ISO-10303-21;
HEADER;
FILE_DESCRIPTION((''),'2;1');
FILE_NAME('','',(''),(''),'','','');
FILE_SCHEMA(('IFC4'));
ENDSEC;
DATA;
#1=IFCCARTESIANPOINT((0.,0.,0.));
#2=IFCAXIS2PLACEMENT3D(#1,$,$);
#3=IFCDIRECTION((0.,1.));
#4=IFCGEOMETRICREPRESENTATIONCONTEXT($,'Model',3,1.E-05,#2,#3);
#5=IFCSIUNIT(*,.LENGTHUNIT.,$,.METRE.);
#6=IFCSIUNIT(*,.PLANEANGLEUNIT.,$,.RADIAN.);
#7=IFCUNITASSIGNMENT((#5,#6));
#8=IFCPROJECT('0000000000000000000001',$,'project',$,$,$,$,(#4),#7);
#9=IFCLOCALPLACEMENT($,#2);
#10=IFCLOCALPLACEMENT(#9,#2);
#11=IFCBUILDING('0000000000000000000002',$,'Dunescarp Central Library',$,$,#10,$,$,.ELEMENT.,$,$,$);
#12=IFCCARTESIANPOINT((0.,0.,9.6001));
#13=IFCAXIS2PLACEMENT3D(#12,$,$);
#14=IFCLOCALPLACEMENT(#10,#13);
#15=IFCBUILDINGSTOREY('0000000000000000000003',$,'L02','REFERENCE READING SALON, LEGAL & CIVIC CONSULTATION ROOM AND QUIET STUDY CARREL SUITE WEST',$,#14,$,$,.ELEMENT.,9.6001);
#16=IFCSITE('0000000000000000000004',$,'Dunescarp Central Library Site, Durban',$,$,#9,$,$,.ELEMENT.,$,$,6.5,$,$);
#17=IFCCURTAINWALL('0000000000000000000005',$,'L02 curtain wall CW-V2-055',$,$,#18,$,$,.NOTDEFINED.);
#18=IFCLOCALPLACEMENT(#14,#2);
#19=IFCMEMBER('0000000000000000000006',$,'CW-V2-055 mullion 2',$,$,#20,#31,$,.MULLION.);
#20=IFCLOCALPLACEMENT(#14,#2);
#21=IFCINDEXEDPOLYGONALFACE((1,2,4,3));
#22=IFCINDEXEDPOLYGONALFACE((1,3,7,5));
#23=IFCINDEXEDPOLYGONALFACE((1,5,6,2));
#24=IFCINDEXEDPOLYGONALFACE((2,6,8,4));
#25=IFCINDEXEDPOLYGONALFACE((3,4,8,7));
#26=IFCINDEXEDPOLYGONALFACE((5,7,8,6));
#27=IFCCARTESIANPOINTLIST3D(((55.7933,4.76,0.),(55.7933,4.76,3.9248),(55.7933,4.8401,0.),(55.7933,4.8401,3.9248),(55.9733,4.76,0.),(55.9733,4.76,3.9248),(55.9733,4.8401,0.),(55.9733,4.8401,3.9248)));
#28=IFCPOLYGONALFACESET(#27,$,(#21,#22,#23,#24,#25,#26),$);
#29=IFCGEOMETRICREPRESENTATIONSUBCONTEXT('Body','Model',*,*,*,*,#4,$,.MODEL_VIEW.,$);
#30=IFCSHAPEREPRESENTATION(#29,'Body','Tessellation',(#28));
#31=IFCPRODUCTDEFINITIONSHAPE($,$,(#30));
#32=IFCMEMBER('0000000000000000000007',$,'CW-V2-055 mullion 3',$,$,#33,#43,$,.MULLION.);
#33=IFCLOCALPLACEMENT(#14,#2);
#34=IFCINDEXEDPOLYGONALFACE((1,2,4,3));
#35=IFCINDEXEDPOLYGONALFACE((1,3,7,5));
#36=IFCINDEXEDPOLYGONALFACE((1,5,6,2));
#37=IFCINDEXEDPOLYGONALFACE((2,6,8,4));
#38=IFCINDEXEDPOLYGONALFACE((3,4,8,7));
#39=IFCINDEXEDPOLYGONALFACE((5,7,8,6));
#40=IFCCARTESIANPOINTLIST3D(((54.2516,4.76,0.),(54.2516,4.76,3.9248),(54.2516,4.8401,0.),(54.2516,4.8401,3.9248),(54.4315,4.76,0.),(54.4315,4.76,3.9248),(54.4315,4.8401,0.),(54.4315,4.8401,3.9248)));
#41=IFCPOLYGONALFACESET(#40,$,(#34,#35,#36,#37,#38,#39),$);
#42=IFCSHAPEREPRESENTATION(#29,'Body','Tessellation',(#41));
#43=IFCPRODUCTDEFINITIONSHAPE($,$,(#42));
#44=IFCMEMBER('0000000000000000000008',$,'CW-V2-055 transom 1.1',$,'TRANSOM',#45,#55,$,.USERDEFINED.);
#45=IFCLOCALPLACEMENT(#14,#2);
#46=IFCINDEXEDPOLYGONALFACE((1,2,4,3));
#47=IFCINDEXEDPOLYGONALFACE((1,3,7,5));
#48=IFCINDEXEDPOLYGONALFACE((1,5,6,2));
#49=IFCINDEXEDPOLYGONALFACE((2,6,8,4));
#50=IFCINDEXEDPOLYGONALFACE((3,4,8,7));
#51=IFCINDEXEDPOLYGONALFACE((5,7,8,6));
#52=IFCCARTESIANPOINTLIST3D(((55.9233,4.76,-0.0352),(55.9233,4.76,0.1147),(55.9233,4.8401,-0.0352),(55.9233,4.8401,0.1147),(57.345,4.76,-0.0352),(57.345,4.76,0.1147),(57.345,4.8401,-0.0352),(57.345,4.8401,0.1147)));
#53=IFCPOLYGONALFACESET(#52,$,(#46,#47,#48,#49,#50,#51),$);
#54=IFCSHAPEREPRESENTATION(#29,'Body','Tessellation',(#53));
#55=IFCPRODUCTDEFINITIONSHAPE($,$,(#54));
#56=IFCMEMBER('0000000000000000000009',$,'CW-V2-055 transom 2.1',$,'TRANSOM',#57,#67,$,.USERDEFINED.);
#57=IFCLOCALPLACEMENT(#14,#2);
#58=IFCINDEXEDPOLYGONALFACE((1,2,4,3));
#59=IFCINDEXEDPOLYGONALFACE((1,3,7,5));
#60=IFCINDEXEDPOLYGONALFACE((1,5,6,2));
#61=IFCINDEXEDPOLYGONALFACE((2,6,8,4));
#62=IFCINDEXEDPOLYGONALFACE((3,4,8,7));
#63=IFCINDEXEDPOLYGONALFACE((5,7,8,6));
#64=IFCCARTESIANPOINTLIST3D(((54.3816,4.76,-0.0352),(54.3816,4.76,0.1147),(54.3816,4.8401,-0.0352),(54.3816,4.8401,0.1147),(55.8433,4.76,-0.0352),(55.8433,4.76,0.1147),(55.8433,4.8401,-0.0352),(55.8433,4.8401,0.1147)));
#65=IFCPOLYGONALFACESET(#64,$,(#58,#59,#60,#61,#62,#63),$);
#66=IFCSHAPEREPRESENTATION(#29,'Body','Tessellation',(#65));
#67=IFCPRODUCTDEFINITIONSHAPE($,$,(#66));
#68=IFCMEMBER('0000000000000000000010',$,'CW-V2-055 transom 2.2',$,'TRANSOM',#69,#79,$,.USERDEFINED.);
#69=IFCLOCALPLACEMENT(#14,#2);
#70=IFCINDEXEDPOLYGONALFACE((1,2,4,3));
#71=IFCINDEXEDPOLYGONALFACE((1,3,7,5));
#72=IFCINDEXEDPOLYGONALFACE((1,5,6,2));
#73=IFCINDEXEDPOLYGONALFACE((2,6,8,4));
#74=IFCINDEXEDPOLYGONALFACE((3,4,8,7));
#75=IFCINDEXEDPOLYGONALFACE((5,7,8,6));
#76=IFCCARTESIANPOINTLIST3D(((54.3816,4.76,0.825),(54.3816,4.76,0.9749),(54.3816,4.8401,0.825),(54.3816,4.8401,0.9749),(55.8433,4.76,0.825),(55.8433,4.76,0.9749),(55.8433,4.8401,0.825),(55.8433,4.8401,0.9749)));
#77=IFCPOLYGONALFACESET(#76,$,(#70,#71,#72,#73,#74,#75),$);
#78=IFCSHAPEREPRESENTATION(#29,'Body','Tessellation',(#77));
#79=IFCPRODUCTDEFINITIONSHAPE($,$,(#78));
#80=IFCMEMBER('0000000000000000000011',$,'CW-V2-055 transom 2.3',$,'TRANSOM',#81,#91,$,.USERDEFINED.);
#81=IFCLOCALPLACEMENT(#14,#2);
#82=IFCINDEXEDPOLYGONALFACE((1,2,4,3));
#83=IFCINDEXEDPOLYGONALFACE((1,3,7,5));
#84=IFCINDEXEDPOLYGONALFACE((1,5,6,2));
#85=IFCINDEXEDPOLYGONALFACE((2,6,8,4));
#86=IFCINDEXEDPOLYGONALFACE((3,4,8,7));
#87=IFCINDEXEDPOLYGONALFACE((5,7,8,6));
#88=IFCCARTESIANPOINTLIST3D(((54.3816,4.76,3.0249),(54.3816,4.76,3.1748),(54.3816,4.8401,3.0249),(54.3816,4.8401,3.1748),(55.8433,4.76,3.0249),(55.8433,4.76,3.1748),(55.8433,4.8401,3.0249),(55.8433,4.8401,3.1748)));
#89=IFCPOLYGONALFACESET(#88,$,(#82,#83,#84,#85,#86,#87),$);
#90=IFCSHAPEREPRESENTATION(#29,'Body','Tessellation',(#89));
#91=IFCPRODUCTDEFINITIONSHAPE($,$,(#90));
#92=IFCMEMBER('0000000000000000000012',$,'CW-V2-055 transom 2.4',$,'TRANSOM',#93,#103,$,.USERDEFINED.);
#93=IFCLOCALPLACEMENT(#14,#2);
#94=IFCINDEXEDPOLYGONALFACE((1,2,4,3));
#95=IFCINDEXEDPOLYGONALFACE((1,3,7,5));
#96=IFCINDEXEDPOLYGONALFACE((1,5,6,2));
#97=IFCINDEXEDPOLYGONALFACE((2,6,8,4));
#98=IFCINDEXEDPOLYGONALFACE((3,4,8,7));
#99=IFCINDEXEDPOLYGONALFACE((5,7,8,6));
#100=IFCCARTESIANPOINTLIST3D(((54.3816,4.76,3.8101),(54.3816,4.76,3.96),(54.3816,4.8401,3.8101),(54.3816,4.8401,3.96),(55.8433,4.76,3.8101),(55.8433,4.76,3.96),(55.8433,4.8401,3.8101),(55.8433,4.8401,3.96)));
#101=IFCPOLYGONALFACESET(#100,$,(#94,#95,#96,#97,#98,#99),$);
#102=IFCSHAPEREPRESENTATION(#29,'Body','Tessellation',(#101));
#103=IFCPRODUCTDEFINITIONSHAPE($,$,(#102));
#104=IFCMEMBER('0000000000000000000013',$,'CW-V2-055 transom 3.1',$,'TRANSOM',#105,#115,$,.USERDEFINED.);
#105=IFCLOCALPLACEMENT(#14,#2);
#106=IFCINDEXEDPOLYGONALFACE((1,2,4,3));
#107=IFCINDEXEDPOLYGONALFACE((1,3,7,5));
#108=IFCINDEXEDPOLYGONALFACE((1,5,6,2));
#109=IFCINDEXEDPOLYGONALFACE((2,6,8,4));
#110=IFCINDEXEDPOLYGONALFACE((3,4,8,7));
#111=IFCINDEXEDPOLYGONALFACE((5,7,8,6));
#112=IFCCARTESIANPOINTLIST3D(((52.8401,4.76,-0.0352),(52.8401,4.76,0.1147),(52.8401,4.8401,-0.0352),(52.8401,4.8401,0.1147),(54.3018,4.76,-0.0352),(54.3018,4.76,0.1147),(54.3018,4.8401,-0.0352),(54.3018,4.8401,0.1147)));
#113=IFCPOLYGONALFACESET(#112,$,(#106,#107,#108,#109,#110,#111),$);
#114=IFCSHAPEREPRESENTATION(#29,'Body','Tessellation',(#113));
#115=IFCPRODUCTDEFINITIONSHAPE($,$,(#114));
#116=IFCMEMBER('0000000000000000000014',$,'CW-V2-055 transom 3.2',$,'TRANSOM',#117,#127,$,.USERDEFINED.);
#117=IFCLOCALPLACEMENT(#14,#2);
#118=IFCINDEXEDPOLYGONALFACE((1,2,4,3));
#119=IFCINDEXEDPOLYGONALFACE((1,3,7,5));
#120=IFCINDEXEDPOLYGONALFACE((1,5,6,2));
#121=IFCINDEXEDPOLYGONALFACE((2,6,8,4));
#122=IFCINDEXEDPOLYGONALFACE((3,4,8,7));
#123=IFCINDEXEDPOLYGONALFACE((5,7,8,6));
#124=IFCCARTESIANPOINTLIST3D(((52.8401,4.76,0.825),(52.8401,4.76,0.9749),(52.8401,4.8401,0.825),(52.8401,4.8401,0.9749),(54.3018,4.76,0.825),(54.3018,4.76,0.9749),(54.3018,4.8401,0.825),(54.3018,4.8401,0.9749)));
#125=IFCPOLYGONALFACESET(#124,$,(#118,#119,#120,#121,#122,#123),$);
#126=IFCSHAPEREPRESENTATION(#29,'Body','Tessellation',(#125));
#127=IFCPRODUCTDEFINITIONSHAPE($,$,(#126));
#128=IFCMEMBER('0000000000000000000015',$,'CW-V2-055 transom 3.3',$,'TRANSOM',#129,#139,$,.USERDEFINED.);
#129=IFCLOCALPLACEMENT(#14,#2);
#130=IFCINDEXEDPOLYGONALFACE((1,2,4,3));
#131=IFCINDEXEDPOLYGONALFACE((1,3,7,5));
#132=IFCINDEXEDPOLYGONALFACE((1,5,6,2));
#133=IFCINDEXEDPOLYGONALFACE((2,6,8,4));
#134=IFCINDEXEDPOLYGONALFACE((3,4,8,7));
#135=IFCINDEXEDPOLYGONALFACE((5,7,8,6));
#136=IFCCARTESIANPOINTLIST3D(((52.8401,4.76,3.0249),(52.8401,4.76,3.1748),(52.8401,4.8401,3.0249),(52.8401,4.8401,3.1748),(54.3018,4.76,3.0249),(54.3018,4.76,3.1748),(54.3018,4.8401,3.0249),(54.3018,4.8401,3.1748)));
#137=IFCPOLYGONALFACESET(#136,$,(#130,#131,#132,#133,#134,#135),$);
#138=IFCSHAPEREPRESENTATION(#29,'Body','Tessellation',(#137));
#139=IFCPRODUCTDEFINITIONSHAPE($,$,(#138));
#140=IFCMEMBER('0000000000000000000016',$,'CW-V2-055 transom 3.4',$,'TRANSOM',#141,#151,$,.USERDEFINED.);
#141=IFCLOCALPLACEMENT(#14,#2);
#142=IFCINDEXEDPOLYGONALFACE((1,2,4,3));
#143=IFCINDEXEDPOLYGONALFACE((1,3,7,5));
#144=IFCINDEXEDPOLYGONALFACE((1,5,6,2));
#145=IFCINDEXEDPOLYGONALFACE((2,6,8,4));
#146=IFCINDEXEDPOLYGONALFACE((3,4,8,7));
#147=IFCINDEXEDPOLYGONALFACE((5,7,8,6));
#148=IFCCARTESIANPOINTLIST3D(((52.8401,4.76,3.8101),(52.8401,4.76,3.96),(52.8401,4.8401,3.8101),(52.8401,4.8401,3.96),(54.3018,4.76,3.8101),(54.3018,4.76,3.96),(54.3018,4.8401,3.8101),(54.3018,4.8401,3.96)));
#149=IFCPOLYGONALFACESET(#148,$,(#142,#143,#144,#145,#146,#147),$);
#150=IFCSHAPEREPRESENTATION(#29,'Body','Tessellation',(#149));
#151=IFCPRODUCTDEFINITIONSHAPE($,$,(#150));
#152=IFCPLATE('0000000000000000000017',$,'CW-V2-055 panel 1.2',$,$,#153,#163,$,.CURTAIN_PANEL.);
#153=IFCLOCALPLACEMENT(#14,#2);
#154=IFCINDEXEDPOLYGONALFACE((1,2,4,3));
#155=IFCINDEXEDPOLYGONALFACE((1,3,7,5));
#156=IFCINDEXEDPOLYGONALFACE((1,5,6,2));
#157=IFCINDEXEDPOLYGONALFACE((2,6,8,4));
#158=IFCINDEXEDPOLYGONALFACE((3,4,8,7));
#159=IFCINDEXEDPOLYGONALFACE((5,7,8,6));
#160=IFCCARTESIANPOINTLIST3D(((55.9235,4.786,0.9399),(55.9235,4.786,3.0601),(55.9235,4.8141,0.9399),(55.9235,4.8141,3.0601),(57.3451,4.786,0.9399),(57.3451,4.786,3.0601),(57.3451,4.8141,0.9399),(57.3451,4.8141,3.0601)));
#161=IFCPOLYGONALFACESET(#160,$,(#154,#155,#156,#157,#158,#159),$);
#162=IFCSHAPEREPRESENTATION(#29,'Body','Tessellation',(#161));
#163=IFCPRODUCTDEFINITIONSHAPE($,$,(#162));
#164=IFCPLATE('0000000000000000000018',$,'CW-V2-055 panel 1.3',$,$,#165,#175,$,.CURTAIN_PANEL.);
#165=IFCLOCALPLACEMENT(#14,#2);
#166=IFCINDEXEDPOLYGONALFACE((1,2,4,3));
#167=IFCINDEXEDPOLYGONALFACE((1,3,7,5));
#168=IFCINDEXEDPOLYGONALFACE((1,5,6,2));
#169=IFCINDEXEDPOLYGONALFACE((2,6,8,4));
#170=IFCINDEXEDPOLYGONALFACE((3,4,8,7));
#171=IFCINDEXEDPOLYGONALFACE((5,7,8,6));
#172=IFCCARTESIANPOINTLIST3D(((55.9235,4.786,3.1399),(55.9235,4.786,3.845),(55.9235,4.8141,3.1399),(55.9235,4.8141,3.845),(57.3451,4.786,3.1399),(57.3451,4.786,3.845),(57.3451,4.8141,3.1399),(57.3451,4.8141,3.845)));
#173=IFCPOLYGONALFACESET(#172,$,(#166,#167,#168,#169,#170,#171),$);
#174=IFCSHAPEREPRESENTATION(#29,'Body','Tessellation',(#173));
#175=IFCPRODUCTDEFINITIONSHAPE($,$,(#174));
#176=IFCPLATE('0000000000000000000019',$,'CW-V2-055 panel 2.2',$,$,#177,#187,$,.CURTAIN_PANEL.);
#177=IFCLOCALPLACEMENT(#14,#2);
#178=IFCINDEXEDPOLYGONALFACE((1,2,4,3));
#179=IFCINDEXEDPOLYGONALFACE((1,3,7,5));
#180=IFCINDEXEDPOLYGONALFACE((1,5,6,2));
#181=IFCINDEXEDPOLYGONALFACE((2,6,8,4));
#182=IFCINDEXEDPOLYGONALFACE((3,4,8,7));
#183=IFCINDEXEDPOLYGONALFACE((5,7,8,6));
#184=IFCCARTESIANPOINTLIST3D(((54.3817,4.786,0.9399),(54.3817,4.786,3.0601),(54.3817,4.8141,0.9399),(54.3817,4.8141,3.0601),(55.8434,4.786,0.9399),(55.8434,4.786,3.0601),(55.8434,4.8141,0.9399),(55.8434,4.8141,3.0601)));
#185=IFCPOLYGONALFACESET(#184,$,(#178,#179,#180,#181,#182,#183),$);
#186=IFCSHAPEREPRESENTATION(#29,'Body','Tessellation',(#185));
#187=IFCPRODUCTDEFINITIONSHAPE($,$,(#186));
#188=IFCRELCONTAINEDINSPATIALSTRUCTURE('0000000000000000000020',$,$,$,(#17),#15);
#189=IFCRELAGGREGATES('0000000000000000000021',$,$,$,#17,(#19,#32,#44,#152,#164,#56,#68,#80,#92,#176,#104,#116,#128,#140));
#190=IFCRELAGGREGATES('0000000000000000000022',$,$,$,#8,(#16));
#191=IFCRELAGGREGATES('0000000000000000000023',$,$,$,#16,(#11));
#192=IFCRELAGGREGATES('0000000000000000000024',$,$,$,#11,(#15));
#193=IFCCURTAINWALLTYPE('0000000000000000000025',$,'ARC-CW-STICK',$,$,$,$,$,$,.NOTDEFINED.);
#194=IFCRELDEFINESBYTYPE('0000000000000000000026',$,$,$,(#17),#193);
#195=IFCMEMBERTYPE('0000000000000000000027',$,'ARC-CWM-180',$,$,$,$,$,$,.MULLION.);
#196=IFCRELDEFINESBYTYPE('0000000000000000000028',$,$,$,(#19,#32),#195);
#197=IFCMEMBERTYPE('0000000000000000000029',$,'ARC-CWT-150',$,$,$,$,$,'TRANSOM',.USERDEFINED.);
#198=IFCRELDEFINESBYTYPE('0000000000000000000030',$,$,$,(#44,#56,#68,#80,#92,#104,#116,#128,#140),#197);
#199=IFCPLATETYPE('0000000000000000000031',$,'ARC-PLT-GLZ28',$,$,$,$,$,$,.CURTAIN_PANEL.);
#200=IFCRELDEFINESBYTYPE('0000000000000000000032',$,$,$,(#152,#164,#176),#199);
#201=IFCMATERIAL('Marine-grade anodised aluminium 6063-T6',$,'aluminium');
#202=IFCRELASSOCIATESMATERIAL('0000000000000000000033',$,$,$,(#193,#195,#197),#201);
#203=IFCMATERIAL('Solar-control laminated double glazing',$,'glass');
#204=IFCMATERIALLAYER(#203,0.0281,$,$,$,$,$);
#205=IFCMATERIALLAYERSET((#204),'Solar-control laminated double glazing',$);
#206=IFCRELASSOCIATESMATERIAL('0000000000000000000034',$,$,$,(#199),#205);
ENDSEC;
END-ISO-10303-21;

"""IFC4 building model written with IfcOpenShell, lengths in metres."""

from ifc_helpers import new_model, si_unit, direction, frame, origin, origin_2d, place, context, subcontext, project, spatial, rectangle, extrude, material, layer, layer_set, material_profile, profile_set, type_object, element, aggregate, save


model = new_model("IFC4")

# Units and contexts
model_context = context("Model", 3, precision=1e-05, world=origin(), true_north=direction((0.0, 1.0)))
body_context = subcontext(model_context, "Body", "Model", "MODEL_VIEW")
ifc_project = project(units=[si_unit("LENGTHUNIT", "METRE"), si_unit("PLANEANGLEUNIT", "RADIAN")], contexts=[model_context])

# Site, building, storey
site_placement = place(None, origin())
site = spatial("IfcSite", under=ifc_project, at=site_placement, Name="Dunescarp Central Library Site, Durban", CompositionType="ELEMENT", RefElevation=6.5)
building_placement = place(site_placement, origin())
building = spatial("IfcBuilding", under=site, at=building_placement, Name="Dunescarp Central Library", CompositionType="ELEMENT")
storey_placement = place(building_placement, frame((0.0, 0.0, 9.6001)))
storey = spatial("IfcBuildingStorey", under=building, at=storey_placement, Name="L02", Description="REFERENCE READING SALON, LEGAL & CIVIC CONSULTATION ROOM AND QUIET STUDY CARREL SUITE WEST", CompositionType="ELEMENT", Elevation=9.6001)

# Curtain wall, members, plates
ifc_material_1 = material(Name="Marine-grade anodised aluminium 6063-T6", Category="aluminium")
curtain_wall_type = type_object("IfcCurtainWallType", Name="ARC-CW-STICK", PredefinedType="NOTDEFINED", material=ifc_material_1)
curtain_wall_placement = place(storey_placement, origin())
curtain_wall = element("IfcCurtainWall", 1, at=curtain_wall_placement, inside=storey, type_object=curtain_wall_type, Name="L02 curtain wall CW-V2-055", PredefinedType="NOTDEFINED")
ifc_material_profile_1 = material_profile(ifc_material_1, rectangle(XDim=0.0801, YDim=0.1799, at=origin_2d()), Name="AL 80x180")
ifc_profile_set_1 = profile_set([ifc_material_profile_1], Name="Marine-grade anodised aluminium 6063-T6")
member_type_1 = type_object("IfcMemberType", Name="ARC-CWM-180", PredefinedType="MULLION", material=ifc_profile_set_1)
member_1_placement = place(storey_placement, frame((55.8833, 4.8, 0.0), z_axis=(0.0, 0.0, 1.0), x_axis=(0.0, -1.0, 0.0)))
member_1 = element("IfcMember", 2, at=member_1_placement, type_object=member_type_1, Name="CW-V2-055 mullion 2", PredefinedType="MULLION", context=body_context, shape_type="SweptSolid", body=[
    extrude(rectangle(XDim=0.0801, YDim=0.1799, at=origin_2d()), origin(), (0.0, 0.0, 1.0), 3.9248),
])
member_2_placement = place(storey_placement, frame((54.3416, 4.8, 0.0), z_axis=(0.0, 0.0, 1.0), x_axis=(0.0, -1.0, 0.0)))
member_2 = element("IfcMember", 3, at=member_2_placement, type_object=member_type_1, Name="CW-V2-055 mullion 3", PredefinedType="MULLION", context=body_context, shape_type="SweptSolid", body=[
    extrude(rectangle(XDim=0.0801, YDim=0.1799, at=origin_2d()), origin(), (0.0, 0.0, 1.0), 3.9248),
])
ifc_material_profile_2 = material_profile(ifc_material_1, rectangle(XDim=0.0801, YDim=0.1499, at=origin_2d()), Name="AL 80x150")
ifc_profile_set_2 = profile_set([ifc_material_profile_2], Name="Marine-grade anodised aluminium 6063-T6")
member_type_2 = type_object("IfcMemberType", Name="ARC-CWT-150", ElementType="TRANSOM", PredefinedType="USERDEFINED", material=ifc_profile_set_2)
member_3_placement = place(storey_placement, frame((57.345, 4.8, 0.0398), z_axis=(-1.0, 0.0, 0.0), x_axis=(0.0, -1.0, 0.0)))
member_3 = element("IfcMember", 4, at=member_3_placement, type_object=member_type_2, Name="CW-V2-055 transom 1.1", ObjectType="TRANSOM", PredefinedType="USERDEFINED", context=body_context, shape_type="SweptSolid", body=[
    extrude(rectangle(XDim=0.0801, YDim=0.1499, at=origin_2d()), origin(), (0.0, 0.0, 1.0), 1.4216),
])
member_4_placement = place(storey_placement, frame((55.8433, 4.8, 0.0398), z_axis=(-1.0, 0.0, 0.0), x_axis=(0.0, -1.0, 0.0)))
member_4 = element("IfcMember", 5, at=member_4_placement, type_object=member_type_2, Name="CW-V2-055 transom 2.1", ObjectType="TRANSOM", PredefinedType="USERDEFINED", context=body_context, shape_type="SweptSolid", body=[
    extrude(rectangle(XDim=0.0801, YDim=0.1499, at=origin_2d()), origin(), (0.0, 0.0, 1.0), 1.4617),
])
member_5_placement = place(storey_placement, frame((55.8433, 4.8, 0.8999), z_axis=(-1.0, 0.0, 0.0), x_axis=(0.0, -1.0, 0.0)))
member_5 = element("IfcMember", 6, at=member_5_placement, type_object=member_type_2, Name="CW-V2-055 transom 2.2", ObjectType="TRANSOM", PredefinedType="USERDEFINED", context=body_context, shape_type="SweptSolid", body=[
    extrude(rectangle(XDim=0.0801, YDim=0.1499, at=origin_2d()), origin(), (0.0, 0.0, 1.0), 1.4617),
])
member_6_placement = place(storey_placement, frame((55.8433, 4.8, 3.0999), z_axis=(-1.0, 0.0, 0.0), x_axis=(0.0, -1.0, 0.0)))
member_6 = element("IfcMember", 7, at=member_6_placement, type_object=member_type_2, Name="CW-V2-055 transom 2.3", ObjectType="TRANSOM", PredefinedType="USERDEFINED", context=body_context, shape_type="SweptSolid", body=[
    extrude(rectangle(XDim=0.0801, YDim=0.1499, at=origin_2d()), origin(), (0.0, 0.0, 1.0), 1.4617),
])
member_7_placement = place(storey_placement, frame((55.8433, 4.8, 3.885), z_axis=(-1.0, 0.0, 0.0), x_axis=(0.0, -1.0, 0.0)))
member_7 = element("IfcMember", 8, at=member_7_placement, type_object=member_type_2, Name="CW-V2-055 transom 2.4", ObjectType="TRANSOM", PredefinedType="USERDEFINED", context=body_context, shape_type="SweptSolid", body=[
    extrude(rectangle(XDim=0.0801, YDim=0.1499, at=origin_2d()), origin(), (0.0, 0.0, 1.0), 1.4617),
])
member_8_placement = place(storey_placement, frame((54.3018, 4.8, 0.0398), z_axis=(-1.0, 0.0, 0.0), x_axis=(0.0, -1.0, 0.0)))
member_8 = element("IfcMember", 9, at=member_8_placement, type_object=member_type_2, Name="CW-V2-055 transom 3.1", ObjectType="TRANSOM", PredefinedType="USERDEFINED", context=body_context, shape_type="SweptSolid", body=[
    extrude(rectangle(XDim=0.0801, YDim=0.1499, at=origin_2d()), origin(), (0.0, 0.0, 1.0), 1.4617),
])
member_9_placement = place(storey_placement, frame((54.3018, 4.8, 0.8999), z_axis=(-1.0, 0.0, 0.0), x_axis=(0.0, -1.0, 0.0)))
member_9 = element("IfcMember", 10, at=member_9_placement, type_object=member_type_2, Name="CW-V2-055 transom 3.2", ObjectType="TRANSOM", PredefinedType="USERDEFINED", context=body_context, shape_type="SweptSolid", body=[
    extrude(rectangle(XDim=0.0801, YDim=0.1499, at=origin_2d()), origin(), (0.0, 0.0, 1.0), 1.4617),
])
member_10_placement = place(storey_placement, frame((54.3018, 4.8, 3.0999), z_axis=(-1.0, 0.0, 0.0), x_axis=(0.0, -1.0, 0.0)))
member_10 = element("IfcMember", 11, at=member_10_placement, type_object=member_type_2, Name="CW-V2-055 transom 3.3", ObjectType="TRANSOM", PredefinedType="USERDEFINED", context=body_context, shape_type="SweptSolid", body=[
    extrude(rectangle(XDim=0.0801, YDim=0.1499, at=origin_2d()), origin(), (0.0, 0.0, 1.0), 1.4617),
])
member_11_placement = place(storey_placement, frame((54.3018, 4.8, 3.885), z_axis=(-1.0, 0.0, 0.0), x_axis=(0.0, -1.0, 0.0)))
member_11 = element("IfcMember", 12, at=member_11_placement, type_object=member_type_2, Name="CW-V2-055 transom 3.4", ObjectType="TRANSOM", PredefinedType="USERDEFINED", context=body_context, shape_type="SweptSolid", body=[
    extrude(rectangle(XDim=0.0801, YDim=0.1499, at=origin_2d()), origin(), (0.0, 0.0, 1.0), 1.4617),
])
ifc_material_2 = material(Name="Solar-control laminated double glazing", Category="glass")
ifc_layer_1 = layer(ifc_material_2, 0.0281)
ifc_layer_set_1 = layer_set([ifc_layer_1], Name="Solar-control laminated double glazing")
plate_type_1 = type_object("IfcPlateType", Name="ARC-PLT-GLZ28", PredefinedType="CURTAIN_PANEL", material=ifc_layer_set_1)
plate_1_placement = place(storey_placement, frame((56.6343, 4.8, 0.9399), z_axis=(0.0, 0.0, 1.0), x_axis=(-1.0, 0.0, 0.0)))
plate_1 = element("IfcPlate", 13, at=plate_1_placement, type_object=plate_type_1, Name="CW-V2-055 panel 1.2", PredefinedType="CURTAIN_PANEL", context=body_context, shape_type="SweptSolid", body=[
    extrude(rectangle(XDim=1.4216, YDim=0.0281, at=origin_2d()), origin(), (0.0, 0.0, 1.0), 2.1201),
])
plate_2_placement = place(storey_placement, frame((56.6343, 4.8, 3.1399), z_axis=(0.0, 0.0, 1.0), x_axis=(-1.0, 0.0, 0.0)))
plate_2 = element("IfcPlate", 14, at=plate_2_placement, type_object=plate_type_1, Name="CW-V2-055 panel 1.3", PredefinedType="CURTAIN_PANEL", context=body_context, shape_type="SweptSolid", body=[
    extrude(rectangle(XDim=1.4216, YDim=0.0281, at=origin_2d()), origin(), (0.0, 0.0, 1.0), 0.7051),
])
plate_3_placement = place(storey_placement, frame((55.1125, 4.8, 0.9399), z_axis=(0.0, 0.0, 1.0), x_axis=(-1.0, 0.0, 0.0)))
plate_3 = element("IfcPlate", 15, at=plate_3_placement, type_object=plate_type_1, Name="CW-V2-055 panel 2.2", PredefinedType="CURTAIN_PANEL", context=body_context, shape_type="SweptSolid", body=[
    extrude(rectangle(XDim=1.4617, YDim=0.0281, at=origin_2d()), origin(), (0.0, 0.0, 1.0), 2.1201),
])
aggregate(curtain_wall, [member_1, member_2, member_3, plate_1, plate_2, member_4, member_5, member_6, member_7, plate_3, member_8, member_9, member_10, member_11])

save(model, "model.ifc")
